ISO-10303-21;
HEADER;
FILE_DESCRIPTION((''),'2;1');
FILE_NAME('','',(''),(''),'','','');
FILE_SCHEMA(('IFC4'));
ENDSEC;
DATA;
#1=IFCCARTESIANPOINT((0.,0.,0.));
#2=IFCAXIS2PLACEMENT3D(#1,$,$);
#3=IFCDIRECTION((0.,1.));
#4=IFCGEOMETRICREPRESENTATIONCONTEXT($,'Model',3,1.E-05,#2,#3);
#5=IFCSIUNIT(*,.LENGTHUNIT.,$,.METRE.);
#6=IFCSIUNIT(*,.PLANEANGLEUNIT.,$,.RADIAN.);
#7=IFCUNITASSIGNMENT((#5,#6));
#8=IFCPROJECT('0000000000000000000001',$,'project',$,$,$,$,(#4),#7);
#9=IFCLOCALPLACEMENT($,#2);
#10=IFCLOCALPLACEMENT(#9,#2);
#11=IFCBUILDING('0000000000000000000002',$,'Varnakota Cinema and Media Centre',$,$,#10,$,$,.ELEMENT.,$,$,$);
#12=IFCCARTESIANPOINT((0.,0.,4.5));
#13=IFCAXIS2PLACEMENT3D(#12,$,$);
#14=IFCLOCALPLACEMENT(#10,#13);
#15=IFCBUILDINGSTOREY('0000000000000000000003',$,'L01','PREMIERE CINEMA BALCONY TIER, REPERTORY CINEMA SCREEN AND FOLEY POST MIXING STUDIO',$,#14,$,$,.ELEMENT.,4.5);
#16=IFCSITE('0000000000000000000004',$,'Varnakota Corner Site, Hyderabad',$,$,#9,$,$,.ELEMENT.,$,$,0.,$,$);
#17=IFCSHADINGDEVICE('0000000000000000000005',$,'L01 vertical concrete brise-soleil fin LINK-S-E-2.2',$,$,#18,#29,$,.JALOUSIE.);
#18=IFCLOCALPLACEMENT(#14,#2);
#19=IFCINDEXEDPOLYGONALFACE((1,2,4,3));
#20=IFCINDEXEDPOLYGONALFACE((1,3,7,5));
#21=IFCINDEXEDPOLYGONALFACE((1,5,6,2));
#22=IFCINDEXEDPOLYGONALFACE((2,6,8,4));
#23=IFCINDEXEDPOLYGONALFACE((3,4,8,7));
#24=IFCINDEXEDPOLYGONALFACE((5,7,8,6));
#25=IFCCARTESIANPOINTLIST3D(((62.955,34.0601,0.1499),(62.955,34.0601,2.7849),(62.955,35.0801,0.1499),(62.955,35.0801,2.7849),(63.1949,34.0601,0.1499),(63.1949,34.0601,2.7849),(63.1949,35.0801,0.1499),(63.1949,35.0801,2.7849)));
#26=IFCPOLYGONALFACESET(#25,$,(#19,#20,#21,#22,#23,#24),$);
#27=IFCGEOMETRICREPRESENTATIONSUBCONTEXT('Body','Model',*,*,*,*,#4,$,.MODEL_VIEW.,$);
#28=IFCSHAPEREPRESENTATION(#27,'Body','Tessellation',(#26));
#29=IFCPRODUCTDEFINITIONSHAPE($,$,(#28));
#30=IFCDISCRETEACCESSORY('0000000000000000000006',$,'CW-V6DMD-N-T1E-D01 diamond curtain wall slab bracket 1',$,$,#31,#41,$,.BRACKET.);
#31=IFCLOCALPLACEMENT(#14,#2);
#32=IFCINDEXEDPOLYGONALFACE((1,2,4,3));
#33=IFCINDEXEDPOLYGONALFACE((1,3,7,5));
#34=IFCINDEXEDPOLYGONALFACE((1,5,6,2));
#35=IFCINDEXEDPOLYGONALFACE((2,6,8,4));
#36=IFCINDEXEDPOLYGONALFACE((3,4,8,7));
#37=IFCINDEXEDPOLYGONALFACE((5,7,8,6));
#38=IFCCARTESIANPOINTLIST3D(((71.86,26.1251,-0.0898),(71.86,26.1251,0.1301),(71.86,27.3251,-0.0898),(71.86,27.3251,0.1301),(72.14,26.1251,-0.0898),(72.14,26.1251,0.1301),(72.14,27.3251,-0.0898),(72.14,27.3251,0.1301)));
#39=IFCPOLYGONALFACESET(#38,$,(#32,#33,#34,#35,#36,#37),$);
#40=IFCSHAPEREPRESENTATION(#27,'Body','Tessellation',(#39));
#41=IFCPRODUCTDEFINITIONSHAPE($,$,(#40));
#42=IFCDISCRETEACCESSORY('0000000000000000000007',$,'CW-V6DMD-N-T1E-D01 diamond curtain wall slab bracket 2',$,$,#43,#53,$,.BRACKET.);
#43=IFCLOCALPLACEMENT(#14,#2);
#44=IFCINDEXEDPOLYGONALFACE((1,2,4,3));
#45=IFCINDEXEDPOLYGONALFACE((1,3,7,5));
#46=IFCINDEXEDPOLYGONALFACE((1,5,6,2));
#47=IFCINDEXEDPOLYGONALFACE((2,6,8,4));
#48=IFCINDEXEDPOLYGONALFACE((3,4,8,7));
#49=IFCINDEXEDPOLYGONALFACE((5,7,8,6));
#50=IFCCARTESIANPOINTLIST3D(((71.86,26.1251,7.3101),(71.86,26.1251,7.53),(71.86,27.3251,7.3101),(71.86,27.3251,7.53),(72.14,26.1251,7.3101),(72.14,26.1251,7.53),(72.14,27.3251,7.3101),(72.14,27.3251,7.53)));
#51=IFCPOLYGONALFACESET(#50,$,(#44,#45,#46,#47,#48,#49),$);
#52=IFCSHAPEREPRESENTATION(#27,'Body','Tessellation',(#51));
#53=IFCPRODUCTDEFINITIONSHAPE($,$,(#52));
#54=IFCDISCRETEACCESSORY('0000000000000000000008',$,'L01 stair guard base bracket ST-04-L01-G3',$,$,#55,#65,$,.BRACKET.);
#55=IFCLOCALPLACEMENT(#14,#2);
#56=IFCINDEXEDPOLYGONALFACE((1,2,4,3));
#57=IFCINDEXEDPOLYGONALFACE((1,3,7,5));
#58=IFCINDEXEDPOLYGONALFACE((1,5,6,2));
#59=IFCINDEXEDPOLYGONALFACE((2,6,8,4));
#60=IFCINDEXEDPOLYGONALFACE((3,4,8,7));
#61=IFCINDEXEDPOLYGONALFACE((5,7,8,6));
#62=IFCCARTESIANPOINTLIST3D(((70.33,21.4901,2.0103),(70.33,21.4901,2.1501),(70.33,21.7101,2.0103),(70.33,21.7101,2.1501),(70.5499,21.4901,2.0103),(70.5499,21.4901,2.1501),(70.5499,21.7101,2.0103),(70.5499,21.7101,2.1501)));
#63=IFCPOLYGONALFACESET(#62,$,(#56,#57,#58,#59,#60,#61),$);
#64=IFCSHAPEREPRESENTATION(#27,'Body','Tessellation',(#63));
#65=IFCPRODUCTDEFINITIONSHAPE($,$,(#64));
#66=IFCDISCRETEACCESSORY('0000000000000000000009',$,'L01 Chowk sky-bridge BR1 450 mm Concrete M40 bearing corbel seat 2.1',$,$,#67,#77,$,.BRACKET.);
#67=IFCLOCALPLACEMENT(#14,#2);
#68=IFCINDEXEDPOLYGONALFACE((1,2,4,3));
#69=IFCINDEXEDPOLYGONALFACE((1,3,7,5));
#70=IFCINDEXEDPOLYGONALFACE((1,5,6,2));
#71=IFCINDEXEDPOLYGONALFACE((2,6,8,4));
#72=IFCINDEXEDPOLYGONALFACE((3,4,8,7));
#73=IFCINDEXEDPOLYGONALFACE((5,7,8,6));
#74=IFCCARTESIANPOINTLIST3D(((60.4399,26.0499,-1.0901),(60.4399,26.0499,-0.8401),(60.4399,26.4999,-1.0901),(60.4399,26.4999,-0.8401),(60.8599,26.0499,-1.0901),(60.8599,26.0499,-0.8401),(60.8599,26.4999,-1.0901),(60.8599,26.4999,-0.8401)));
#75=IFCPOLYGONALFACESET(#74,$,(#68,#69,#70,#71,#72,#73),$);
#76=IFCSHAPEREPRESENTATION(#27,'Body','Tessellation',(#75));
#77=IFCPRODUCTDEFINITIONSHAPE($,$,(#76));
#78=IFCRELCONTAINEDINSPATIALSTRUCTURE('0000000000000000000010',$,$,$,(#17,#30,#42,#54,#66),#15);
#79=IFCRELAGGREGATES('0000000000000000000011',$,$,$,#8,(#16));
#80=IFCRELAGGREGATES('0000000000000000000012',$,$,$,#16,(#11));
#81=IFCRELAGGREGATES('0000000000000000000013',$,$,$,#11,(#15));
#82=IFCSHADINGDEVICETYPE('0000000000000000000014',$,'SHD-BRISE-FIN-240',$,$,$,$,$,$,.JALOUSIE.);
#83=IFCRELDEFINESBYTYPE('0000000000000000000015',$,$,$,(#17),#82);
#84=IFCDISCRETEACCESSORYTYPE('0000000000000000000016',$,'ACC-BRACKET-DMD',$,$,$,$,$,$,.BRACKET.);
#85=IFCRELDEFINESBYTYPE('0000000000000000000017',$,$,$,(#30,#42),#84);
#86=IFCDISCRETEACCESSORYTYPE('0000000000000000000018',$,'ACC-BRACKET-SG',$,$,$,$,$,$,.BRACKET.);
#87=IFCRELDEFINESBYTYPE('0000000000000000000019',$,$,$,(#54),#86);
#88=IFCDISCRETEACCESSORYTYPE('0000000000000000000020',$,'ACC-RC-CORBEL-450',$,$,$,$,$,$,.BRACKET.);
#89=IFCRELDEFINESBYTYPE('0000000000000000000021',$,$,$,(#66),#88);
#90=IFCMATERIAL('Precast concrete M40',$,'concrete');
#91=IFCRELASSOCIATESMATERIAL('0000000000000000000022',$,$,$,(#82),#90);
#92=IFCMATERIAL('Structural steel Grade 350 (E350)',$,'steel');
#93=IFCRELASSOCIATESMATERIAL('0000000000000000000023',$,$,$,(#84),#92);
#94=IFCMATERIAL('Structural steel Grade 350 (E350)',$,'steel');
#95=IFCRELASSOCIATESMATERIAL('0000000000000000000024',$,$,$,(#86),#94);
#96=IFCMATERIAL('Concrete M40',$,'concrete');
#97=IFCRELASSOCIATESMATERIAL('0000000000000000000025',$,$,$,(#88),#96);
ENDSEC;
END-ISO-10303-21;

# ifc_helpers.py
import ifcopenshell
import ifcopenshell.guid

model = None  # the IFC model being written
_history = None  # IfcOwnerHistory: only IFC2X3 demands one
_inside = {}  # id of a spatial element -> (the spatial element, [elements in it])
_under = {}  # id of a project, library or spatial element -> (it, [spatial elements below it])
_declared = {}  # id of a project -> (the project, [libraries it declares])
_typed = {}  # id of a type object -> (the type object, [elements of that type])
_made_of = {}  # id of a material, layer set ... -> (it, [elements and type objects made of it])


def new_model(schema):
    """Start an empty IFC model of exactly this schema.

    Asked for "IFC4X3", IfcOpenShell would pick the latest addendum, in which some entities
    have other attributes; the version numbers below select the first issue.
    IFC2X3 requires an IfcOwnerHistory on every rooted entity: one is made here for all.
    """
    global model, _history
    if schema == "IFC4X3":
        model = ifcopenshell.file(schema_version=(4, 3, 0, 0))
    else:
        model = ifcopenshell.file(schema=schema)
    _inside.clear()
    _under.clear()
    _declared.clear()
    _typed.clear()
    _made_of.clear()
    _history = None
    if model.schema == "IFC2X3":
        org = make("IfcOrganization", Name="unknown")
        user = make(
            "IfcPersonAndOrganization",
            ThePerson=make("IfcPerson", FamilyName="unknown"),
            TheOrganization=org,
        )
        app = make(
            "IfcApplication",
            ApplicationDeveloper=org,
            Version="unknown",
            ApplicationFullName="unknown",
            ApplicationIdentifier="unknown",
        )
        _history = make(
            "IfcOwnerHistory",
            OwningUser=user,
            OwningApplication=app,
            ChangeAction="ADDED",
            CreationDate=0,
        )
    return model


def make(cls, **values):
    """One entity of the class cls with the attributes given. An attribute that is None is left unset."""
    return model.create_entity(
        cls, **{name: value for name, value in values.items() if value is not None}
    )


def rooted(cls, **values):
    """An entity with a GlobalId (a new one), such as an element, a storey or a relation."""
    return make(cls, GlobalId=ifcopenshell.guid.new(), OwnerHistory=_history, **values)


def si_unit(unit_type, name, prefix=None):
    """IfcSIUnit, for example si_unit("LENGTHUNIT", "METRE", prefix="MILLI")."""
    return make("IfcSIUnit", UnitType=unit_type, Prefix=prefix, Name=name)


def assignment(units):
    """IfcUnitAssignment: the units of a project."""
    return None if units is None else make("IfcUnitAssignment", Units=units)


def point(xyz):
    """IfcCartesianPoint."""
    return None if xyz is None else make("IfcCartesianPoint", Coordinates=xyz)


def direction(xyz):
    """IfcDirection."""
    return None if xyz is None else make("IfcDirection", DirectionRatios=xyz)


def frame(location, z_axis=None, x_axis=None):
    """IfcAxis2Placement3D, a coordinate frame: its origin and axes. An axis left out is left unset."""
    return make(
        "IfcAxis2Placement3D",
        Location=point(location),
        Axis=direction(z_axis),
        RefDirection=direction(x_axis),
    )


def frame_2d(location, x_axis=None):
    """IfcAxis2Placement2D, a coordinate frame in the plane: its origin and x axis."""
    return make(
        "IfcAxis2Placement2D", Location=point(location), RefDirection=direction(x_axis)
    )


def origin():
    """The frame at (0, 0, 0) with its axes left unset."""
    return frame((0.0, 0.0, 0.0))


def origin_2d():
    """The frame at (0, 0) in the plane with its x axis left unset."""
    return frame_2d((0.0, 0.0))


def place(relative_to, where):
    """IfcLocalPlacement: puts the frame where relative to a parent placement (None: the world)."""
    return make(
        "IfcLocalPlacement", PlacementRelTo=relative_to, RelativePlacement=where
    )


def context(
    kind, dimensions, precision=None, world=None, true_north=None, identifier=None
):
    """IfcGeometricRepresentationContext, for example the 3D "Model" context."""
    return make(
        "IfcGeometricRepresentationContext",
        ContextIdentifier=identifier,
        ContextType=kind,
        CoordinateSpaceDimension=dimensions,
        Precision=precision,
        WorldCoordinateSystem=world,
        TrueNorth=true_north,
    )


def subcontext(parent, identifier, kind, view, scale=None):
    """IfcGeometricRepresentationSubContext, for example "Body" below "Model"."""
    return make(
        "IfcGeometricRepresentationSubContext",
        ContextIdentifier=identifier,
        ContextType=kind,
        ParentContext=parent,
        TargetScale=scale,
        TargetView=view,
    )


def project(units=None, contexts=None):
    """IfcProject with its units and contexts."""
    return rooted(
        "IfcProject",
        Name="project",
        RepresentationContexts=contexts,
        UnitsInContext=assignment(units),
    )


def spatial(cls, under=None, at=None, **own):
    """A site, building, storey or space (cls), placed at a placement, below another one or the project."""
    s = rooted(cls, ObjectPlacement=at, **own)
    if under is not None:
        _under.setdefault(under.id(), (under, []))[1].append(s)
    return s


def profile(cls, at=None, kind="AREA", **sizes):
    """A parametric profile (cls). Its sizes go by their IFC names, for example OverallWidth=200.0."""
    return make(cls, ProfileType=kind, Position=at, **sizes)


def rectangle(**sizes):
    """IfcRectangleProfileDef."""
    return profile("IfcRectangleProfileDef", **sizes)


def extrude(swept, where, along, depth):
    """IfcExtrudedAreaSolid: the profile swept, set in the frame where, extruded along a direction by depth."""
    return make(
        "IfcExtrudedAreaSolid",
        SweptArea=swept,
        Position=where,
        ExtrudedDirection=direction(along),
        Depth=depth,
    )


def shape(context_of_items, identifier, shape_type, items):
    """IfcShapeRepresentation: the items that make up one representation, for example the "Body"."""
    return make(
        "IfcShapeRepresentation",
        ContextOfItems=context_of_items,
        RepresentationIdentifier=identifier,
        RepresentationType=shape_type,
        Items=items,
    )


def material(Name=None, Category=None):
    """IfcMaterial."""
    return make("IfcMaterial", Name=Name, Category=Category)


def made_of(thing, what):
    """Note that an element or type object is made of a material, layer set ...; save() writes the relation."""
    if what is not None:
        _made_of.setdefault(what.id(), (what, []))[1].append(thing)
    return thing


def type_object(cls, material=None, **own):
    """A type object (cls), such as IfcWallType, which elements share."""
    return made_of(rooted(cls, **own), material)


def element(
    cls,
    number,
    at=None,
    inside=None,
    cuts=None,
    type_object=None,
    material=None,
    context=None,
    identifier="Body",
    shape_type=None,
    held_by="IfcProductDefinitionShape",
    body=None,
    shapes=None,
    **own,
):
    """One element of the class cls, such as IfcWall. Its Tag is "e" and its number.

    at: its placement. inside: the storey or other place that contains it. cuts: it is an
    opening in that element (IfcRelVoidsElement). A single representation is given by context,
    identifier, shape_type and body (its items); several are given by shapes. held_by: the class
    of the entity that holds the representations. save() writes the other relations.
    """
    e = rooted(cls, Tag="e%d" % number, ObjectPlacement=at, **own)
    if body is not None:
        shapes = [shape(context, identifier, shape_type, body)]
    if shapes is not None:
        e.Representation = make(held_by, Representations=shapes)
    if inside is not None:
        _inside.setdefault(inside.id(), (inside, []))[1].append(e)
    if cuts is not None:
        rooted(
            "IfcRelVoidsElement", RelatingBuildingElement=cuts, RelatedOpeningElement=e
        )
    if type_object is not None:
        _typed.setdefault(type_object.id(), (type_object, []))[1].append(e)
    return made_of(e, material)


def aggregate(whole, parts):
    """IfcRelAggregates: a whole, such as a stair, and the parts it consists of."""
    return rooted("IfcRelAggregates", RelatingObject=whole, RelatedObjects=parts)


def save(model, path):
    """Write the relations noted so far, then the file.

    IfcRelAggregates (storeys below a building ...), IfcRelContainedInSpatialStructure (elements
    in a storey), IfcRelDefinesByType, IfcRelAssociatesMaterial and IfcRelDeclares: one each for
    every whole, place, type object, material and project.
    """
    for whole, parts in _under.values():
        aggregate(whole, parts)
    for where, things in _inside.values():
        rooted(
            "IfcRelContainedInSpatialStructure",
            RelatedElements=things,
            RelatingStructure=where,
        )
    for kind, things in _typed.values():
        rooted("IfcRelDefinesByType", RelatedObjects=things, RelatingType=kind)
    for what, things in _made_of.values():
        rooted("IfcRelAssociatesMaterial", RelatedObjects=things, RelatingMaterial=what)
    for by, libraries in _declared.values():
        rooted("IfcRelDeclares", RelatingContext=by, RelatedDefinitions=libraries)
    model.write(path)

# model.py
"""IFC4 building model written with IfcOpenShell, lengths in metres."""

from ifc_helpers import new_model, si_unit, direction, frame, origin, origin_2d, place, context, subcontext, project, spatial, rectangle, extrude, material, type_object, element, save


model = new_model("IFC4")

# Units and contexts
model_context = context("Model", 3, precision=1e-05, world=origin(), true_north=direction((0.0, 1.0)))
body_context = subcontext(model_context, "Body", "Model", "MODEL_VIEW")
ifc_project = project(units=[si_unit("LENGTHUNIT", "METRE"), si_unit("PLANEANGLEUNIT", "RADIAN")], contexts=[model_context])

# Site, building, storey
site_placement = place(None, origin())
site = spatial("IfcSite", under=ifc_project, at=site_placement, Name="Varnakota Corner Site, Hyderabad", CompositionType="ELEMENT", RefElevation=0.0)
building_placement = place(site_placement, origin())
building = spatial("IfcBuilding", under=site, at=building_placement, Name="Varnakota Cinema and Media Centre", CompositionType="ELEMENT")
storey_placement = place(building_placement, frame((0.0, 0.0, 4.5)))
storey = spatial("IfcBuildingStorey", under=building, at=storey_placement, Name="L01", Description="PREMIERE CINEMA BALCONY TIER, REPERTORY CINEMA SCREEN AND FOLEY POST MIXING STUDIO", CompositionType="ELEMENT", Elevation=4.5)

# Shading device
ifc_material_1 = material(Name="Precast concrete M40", Category="concrete")
shading_device_type = type_object("IfcShadingDeviceType", Name="SHD-BRISE-FIN-240", PredefinedType="JALOUSIE", material=ifc_material_1)
for number, where, z_axis, x_axis, name in (
    (1, (63.075, 34.5701, 0.1499), (0.0, 0.0, 1.0), (-1.0, 0.0, 0.0), "L01 vertical concrete brise-soleil fin LINK-S-E-2.2"),
):
    element("IfcShadingDevice", number, at=place(storey_placement, frame(where, z_axis=z_axis, x_axis=x_axis)), inside=storey, type_object=shading_device_type, Name=name, PredefinedType="JALOUSIE", context=body_context, shape_type="SweptSolid", body=[
        extrude(rectangle(XDim=0.24, YDim=1.02, at=origin_2d()), origin(), (0.0, 0.0, 1.0), 2.635),
    ])

# Discrete accessories
ifc_material_2 = material(Name="Structural steel Grade 350 (E350)", Category="steel")
discrete_accessory_type_1 = type_object("IfcDiscreteAccessoryType", Name="ACC-BRACKET-DMD", PredefinedType="BRACKET", material=ifc_material_2)
for number, where, z_axis, x_axis, name in (
    (2, (72.0, 26.7251, -0.0898), (0.0, 0.0, 1.0), (1.0, 0.0, 0.0), "CW-V6DMD-N-T1E-D01 diamond curtain wall slab bracket 1"),
    (3, (72.0, 26.7251, 7.3101), (0.0, 0.0, 1.0), (1.0, 0.0, 0.0), "CW-V6DMD-N-T1E-D01 diamond curtain wall slab bracket 2"),
):
    element("IfcDiscreteAccessory", number, at=place(storey_placement, frame(where, z_axis=z_axis, x_axis=x_axis)), inside=storey, type_object=discrete_accessory_type_1, Name=name, PredefinedType="BRACKET", context=body_context, shape_type="SweptSolid", body=[
        extrude(rectangle(XDim=0.28, YDim=1.2, at=origin_2d()), origin(), (0.0, 0.0, 1.0), 0.22),
    ])
ifc_material_3 = material(Name="Structural steel Grade 350 (E350)", Category="steel")
discrete_accessory_type_2 = type_object("IfcDiscreteAccessoryType", Name="ACC-BRACKET-SG", PredefinedType="BRACKET", material=ifc_material_3)
discrete_accessory_1_placement = place(storey_placement, frame((70.4399, 21.6001, 2.0103), z_axis=(0.0, 0.0, 1.0), x_axis=(1.0, 0.0, 0.0)))
element("IfcDiscreteAccessory", 4, at=discrete_accessory_1_placement, inside=storey, type_object=discrete_accessory_type_2, Name="L01 stair guard base bracket ST-04-L01-G3", PredefinedType="BRACKET", context=body_context, shape_type="SweptSolid", body=[
    extrude(rectangle(XDim=0.22, YDim=0.22, at=origin_2d()), origin(), (0.0, 0.0, 1.0), 0.1399),
])
ifc_material_4 = material(Name="Concrete M40", Category="concrete")
discrete_accessory_type_3 = type_object("IfcDiscreteAccessoryType", Name="ACC-RC-CORBEL-450", PredefinedType="BRACKET", material=ifc_material_4)
discrete_accessory_2_placement = place(storey_placement, frame((60.6499, 26.2749, -1.0901), z_axis=(0.0, 0.0, 1.0), x_axis=(1.0, 0.0, 0.0)))
element("IfcDiscreteAccessory", 5, at=discrete_accessory_2_placement, inside=storey, type_object=discrete_accessory_type_3, Name="L01 Chowk sky-bridge BR1 450 mm Concrete M40 bearing corbel seat 2.1", PredefinedType="BRACKET", context=body_context, shape_type="SweptSolid", body=[
    extrude(rectangle(XDim=0.4199, YDim=0.45, at=origin_2d()), origin(), (0.0, 0.0, 1.0), 0.25),
])

save(model, "model.ifc")
